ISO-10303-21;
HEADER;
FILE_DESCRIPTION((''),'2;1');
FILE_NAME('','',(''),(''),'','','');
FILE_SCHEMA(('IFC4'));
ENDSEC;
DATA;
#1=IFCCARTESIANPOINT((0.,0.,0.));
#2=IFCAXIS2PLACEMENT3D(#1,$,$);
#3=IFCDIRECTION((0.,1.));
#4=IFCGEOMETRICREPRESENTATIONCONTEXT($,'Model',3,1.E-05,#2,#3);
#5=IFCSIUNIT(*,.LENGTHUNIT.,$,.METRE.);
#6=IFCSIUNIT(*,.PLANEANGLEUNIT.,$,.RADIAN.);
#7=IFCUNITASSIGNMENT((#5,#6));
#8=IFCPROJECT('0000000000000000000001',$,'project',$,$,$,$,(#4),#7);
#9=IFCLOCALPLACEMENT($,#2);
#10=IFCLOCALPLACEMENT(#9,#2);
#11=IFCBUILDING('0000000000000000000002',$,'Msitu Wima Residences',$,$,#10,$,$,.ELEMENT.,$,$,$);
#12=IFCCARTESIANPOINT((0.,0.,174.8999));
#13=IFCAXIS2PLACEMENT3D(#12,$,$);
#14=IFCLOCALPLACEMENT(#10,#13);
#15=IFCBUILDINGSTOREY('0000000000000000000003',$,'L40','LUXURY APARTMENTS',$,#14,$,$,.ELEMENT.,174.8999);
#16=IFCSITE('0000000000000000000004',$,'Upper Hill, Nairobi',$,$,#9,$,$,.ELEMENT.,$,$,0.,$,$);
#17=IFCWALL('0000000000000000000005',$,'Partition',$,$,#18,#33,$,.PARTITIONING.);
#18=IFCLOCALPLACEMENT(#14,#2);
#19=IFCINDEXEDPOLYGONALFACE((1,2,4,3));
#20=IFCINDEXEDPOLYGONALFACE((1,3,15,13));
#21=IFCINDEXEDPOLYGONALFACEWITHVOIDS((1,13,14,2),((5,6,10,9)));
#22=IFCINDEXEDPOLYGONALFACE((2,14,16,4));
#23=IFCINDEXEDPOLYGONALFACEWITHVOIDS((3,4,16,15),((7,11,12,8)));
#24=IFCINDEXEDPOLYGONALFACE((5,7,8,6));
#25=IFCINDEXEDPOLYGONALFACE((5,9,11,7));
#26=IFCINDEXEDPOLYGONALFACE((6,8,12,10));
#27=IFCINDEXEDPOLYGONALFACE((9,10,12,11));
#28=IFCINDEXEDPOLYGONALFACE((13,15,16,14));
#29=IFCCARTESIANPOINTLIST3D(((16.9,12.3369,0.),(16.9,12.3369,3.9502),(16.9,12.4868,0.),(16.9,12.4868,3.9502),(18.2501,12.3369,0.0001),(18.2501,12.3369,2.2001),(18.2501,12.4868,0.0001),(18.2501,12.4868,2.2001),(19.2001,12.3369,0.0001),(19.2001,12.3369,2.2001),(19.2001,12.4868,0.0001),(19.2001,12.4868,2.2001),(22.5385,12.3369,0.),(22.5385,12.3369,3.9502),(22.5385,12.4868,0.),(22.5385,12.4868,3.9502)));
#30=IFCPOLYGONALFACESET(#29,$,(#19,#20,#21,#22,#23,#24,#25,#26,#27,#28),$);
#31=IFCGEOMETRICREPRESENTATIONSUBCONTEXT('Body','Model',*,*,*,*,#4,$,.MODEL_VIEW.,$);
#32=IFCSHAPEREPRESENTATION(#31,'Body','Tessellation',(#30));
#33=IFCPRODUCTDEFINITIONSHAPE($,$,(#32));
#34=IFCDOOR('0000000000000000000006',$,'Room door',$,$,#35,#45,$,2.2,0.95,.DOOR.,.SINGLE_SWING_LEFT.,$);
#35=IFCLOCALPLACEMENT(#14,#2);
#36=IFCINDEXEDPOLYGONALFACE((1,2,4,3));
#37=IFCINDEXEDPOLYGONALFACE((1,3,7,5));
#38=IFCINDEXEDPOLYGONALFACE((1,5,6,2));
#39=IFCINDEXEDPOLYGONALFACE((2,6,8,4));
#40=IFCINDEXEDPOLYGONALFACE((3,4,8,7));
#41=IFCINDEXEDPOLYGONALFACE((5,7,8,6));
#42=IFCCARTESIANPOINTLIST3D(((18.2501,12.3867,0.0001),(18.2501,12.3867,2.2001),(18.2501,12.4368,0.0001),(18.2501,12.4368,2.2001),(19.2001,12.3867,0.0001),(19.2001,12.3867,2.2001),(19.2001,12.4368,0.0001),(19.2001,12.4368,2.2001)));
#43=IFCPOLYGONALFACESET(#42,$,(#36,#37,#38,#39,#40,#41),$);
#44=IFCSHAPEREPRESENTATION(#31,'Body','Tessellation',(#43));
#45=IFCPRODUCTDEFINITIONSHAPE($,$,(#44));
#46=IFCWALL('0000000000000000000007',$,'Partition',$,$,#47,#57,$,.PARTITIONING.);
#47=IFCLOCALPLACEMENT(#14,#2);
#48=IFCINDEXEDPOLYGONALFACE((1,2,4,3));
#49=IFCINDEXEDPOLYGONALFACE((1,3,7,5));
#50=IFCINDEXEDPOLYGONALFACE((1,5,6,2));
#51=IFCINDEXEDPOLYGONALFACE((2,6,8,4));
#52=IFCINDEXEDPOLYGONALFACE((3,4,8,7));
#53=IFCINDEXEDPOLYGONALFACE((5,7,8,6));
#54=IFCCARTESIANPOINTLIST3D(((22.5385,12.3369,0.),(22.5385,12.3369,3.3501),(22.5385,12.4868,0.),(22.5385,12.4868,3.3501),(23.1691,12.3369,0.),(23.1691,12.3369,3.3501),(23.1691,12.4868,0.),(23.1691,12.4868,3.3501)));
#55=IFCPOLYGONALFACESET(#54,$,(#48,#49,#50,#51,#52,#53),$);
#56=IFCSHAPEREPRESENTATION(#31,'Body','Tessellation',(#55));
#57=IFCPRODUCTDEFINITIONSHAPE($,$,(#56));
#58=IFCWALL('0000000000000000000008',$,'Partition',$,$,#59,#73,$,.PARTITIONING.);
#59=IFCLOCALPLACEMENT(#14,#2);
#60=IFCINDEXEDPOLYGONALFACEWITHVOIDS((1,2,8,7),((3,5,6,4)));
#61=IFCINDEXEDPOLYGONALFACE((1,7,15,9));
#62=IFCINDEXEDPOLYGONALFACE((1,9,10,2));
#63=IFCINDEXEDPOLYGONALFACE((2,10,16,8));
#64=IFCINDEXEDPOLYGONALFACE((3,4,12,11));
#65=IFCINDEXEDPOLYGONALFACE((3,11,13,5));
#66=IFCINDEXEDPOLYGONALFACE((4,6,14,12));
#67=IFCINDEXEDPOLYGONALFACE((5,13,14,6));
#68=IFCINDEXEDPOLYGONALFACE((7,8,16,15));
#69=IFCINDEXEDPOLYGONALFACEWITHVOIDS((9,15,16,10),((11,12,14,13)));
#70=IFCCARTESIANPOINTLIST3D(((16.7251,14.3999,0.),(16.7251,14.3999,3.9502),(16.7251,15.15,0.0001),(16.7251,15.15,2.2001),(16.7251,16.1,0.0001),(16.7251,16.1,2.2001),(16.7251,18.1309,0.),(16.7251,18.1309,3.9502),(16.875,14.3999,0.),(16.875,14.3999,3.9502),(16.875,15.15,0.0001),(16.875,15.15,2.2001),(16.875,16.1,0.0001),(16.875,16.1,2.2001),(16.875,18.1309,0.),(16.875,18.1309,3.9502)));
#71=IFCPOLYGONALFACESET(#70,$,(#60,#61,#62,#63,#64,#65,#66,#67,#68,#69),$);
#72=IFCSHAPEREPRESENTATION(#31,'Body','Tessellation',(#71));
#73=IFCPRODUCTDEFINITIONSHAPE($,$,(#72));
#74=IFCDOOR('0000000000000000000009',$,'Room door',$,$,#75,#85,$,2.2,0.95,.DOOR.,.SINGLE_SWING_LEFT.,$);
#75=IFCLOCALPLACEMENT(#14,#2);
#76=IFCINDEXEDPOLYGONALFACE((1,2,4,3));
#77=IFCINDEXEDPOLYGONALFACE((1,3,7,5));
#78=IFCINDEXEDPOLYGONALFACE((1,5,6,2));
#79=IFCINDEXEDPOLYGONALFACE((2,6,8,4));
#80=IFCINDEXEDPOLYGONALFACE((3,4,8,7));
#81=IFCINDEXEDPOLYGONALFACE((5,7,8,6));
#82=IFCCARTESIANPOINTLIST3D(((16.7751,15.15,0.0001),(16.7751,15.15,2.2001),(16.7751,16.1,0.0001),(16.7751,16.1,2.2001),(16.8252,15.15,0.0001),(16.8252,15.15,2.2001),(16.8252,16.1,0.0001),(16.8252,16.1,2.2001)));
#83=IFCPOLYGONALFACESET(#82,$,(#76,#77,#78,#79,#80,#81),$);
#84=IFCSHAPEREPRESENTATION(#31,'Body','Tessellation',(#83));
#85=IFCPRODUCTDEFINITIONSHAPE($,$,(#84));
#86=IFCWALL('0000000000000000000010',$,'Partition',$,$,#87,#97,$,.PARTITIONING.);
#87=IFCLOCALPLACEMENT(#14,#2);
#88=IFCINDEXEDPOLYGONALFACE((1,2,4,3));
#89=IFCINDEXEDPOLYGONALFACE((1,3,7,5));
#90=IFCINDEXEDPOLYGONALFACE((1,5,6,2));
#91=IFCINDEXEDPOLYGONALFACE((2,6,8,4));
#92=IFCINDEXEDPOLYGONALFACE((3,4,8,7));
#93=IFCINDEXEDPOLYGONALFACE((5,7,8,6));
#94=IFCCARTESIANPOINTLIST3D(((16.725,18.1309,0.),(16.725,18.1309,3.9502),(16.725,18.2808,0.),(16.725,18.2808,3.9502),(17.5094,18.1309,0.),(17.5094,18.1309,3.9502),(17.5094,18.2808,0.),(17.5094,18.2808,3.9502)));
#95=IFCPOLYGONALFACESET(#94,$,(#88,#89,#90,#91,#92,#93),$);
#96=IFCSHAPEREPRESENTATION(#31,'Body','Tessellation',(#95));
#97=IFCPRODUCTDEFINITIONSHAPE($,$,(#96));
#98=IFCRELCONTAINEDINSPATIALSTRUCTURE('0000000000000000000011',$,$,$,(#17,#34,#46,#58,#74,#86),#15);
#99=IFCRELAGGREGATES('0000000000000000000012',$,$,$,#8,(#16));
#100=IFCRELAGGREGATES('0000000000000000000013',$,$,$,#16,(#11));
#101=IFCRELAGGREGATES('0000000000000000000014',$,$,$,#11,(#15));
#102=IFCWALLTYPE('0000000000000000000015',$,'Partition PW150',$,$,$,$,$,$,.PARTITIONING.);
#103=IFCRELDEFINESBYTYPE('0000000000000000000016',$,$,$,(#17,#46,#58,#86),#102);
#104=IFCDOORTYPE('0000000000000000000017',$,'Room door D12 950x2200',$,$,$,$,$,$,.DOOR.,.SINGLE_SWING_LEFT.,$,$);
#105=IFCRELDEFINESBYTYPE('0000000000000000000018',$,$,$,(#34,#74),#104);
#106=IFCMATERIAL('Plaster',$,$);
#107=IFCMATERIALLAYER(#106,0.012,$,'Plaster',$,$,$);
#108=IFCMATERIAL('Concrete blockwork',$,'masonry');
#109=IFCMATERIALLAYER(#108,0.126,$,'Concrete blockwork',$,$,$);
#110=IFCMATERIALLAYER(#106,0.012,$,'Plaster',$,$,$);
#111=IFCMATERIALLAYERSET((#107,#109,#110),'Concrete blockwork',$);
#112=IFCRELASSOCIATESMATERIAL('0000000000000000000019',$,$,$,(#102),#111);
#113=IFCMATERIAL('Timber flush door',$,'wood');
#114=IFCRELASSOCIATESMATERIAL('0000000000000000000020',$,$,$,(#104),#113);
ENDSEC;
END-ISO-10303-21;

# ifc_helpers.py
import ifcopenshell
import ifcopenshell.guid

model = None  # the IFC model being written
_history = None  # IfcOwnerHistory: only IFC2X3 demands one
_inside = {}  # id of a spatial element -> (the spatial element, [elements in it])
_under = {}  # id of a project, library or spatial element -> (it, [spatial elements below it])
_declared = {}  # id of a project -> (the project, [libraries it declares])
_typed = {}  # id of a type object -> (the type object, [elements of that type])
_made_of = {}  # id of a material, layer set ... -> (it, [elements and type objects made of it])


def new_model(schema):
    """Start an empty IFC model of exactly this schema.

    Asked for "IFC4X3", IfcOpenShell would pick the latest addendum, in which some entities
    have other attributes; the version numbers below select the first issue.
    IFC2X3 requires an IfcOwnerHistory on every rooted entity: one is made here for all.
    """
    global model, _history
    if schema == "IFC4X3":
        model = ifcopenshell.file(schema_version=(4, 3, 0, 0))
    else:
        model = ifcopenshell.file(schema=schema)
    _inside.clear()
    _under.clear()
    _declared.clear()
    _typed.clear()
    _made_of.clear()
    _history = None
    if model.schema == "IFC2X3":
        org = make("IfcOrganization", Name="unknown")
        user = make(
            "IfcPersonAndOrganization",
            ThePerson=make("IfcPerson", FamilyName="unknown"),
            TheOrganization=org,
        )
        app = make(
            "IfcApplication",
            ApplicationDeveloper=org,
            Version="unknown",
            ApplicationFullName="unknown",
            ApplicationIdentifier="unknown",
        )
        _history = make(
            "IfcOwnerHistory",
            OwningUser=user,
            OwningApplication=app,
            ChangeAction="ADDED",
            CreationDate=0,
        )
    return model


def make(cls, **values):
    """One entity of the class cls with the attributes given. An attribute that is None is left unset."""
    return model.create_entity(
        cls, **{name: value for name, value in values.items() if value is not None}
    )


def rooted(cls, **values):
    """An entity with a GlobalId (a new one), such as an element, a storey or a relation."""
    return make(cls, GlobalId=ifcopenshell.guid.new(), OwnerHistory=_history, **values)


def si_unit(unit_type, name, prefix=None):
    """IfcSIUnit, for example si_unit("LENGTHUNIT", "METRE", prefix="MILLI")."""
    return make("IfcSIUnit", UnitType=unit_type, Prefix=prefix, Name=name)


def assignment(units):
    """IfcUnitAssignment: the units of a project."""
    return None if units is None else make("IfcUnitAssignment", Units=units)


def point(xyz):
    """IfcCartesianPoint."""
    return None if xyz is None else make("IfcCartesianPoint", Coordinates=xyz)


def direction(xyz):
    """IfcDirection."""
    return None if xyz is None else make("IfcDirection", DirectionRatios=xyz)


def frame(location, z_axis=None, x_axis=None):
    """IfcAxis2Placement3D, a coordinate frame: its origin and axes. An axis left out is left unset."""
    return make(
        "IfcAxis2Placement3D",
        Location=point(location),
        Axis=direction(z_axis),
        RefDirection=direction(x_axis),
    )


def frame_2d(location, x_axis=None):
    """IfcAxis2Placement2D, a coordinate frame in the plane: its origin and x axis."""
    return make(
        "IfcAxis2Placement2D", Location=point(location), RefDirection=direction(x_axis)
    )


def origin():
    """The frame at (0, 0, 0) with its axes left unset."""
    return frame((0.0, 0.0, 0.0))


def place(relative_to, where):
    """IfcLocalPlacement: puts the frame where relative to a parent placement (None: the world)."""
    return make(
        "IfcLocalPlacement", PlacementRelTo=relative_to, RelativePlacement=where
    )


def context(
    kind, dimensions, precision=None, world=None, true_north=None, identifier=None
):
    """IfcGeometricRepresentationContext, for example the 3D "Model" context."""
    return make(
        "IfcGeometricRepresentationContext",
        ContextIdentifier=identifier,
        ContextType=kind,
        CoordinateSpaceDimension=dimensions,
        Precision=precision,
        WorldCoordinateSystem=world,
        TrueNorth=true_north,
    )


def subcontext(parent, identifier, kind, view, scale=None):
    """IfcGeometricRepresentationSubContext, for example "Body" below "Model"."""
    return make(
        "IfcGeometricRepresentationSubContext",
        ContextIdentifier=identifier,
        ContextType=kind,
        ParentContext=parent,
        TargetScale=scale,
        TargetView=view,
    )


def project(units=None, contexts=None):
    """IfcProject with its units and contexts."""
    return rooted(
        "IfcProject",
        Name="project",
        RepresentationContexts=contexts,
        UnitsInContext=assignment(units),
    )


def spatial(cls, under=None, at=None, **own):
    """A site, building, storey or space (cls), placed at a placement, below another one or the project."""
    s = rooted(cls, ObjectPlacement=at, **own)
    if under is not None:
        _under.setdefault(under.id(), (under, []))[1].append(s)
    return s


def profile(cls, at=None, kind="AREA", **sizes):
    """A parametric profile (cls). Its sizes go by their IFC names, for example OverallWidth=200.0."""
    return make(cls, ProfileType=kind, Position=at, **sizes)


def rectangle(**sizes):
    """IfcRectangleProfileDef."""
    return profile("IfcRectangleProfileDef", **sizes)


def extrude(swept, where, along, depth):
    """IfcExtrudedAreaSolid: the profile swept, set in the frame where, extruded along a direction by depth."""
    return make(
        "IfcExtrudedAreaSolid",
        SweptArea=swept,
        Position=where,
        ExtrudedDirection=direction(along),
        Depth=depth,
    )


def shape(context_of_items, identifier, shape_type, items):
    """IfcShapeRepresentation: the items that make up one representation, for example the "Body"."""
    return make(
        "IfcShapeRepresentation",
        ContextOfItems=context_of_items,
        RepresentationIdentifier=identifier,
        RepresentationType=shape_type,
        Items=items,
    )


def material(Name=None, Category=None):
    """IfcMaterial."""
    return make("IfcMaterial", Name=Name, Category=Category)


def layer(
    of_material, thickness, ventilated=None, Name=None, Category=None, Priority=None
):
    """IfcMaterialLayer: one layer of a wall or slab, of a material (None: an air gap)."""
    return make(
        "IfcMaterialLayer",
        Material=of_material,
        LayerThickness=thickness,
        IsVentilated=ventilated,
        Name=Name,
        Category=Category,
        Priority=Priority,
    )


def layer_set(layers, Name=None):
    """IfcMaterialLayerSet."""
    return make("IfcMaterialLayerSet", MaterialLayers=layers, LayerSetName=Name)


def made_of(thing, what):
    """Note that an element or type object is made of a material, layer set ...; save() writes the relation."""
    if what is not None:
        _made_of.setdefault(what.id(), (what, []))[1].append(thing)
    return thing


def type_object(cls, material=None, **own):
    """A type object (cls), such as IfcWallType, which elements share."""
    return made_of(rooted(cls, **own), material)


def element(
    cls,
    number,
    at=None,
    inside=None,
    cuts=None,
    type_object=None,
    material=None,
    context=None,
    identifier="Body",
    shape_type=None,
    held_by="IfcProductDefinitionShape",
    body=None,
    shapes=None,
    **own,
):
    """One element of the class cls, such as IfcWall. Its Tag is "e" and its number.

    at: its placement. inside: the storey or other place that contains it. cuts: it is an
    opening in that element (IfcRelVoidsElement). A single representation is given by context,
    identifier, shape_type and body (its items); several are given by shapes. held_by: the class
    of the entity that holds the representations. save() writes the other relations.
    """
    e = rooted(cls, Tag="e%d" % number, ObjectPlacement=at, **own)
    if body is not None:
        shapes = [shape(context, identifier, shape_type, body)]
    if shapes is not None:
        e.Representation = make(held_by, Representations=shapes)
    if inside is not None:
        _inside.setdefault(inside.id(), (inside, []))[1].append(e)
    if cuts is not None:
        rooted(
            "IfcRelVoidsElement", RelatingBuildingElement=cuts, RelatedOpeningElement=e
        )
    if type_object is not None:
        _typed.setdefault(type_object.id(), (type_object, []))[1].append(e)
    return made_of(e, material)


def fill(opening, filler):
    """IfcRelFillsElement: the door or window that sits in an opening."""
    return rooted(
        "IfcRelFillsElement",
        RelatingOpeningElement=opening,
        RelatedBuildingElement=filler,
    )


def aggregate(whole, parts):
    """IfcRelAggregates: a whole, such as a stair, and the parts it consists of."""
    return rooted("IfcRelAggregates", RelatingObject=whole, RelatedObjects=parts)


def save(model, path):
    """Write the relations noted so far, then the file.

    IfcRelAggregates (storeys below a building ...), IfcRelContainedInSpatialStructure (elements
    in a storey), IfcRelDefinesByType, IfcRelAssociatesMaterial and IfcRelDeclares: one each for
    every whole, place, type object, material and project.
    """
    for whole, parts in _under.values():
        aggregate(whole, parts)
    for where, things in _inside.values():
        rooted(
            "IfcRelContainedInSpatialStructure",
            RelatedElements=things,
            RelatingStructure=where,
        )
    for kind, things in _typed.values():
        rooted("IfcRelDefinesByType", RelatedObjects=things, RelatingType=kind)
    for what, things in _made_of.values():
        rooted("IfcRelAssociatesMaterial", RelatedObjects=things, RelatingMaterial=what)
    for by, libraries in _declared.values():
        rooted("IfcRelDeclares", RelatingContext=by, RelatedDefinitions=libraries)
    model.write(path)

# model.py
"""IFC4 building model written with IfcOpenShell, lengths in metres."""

from ifc_helpers import new_model, si_unit, direction, frame, frame_2d, origin, place, context, subcontext, project, spatial, rectangle, extrude, material, layer, layer_set, type_object, element, fill, save


model = new_model("IFC4")

# Units and contexts
model_context = context("Model", 3, precision=1e-05, world=origin(), true_north=direction((0.0, 1.0)))
body_context = subcontext(model_context, "Body", "Model", "MODEL_VIEW")
ifc_project = project(units=[si_unit("LENGTHUNIT", "METRE"), si_unit("PLANEANGLEUNIT", "RADIAN")], contexts=[model_context])

# Site, building, storey
site_placement = place(None, origin())
site = spatial("IfcSite", under=ifc_project, at=site_placement, Name="Upper Hill, Nairobi", CompositionType="ELEMENT", RefElevation=0.0)
building_placement = place(site_placement, origin())
building = spatial("IfcBuilding", under=site, at=building_placement, Name="Msitu Wima Residences", CompositionType="ELEMENT")
storey_placement = place(building_placement, frame((0.0, 0.0, 174.8999)))
storey = spatial("IfcBuildingStorey", under=building, at=storey_placement, Name="L40", Description="LUXURY APARTMENTS", CompositionType="ELEMENT", Elevation=174.8999)

# Shared definitions
ifc_material_1 = material(Name="Plaster")
ifc_material_2 = material(Name="Concrete blockwork", Category="masonry")

# Wall, opening, door
ifc_layer_1 = layer(ifc_material_1, 0.012, Name="Plaster")
ifc_layer_2 = layer(ifc_material_2, 0.126, Name="Concrete blockwork")
ifc_layer_3 = layer(ifc_material_1, 0.012, Name="Plaster")
ifc_layer_set_1 = layer_set([ifc_layer_1, ifc_layer_2, ifc_layer_3], Name="Concrete blockwork")
wall_type_1 = type_object("IfcWallType", Name="Partition PW150", PredefinedType="PARTITIONING", material=ifc_layer_set_1)
ifc_material_3 = material(Name="Timber flush door", Category="wood")
door_type_1 = type_object("IfcDoorType", Name="Room door D12 950x2200", OperationType="SINGLE_SWING_LEFT", PredefinedType="DOOR", material=ifc_material_3)
wall_1_placement = place(storey_placement, frame((16.8999, 12.4119, 0.0), z_axis=(0.0, 0.0, 1.0), x_axis=(1.0, 0.0, 0.0)))
wall_1 = element("IfcWall", 1, at=wall_1_placement, inside=storey, type_object=wall_type_1, Name="Partition", PredefinedType="PARTITIONING", context=body_context, shape_type="SweptSolid", body=[
    extrude(rectangle(XDim=5.6384, YDim=0.1499, at=frame_2d((2.8193, 0.0))), origin(), (0.0, 0.0, 1.0), 3.9502),
])
opening_1_placement = place(wall_1_placement, frame((1.3501, 0.0, 0.0)))
opening_1 = element("IfcOpeningElement", 2, at=opening_1_placement, cuts=wall_1, PredefinedType="OPENING", context=body_context, shape_type="SweptSolid", body=[
    extrude(rectangle(XDim=0.95, YDim=2.2, at=frame_2d((0.4751, 1.1001))), frame((0.0, 0.085, 0.0), z_axis=(0.0, -1.0, 0.0), x_axis=(1.0, 0.0, 0.0)), (0.0, 0.0, 1.0), 0.1699),
])
door_1_placement = place(opening_1_placement, origin())
door_1 = element("IfcDoor", 3, at=door_1_placement, inside=storey, type_object=door_type_1, Name="Room door", OperationType="SINGLE_SWING_LEFT", OverallHeight=2.2, OverallWidth=0.95, PredefinedType="DOOR", context=body_context, shape_type="SweptSolid", body=[
    extrude(rectangle(XDim=0.95, YDim=2.2, at=frame_2d((0.4751, 1.1001))), frame((0.0, 0.0249, 0.0), z_axis=(0.0, -1.0, 0.0), x_axis=(1.0, 0.0, 0.0)), (0.0, 0.0, 1.0), 0.05),
])
fill(opening_1, door_1)

# Wall
wall_2_placement = place(storey_placement, frame((22.5383, 12.4119, 0.0), z_axis=(0.0, 0.0, 1.0), x_axis=(1.0, 0.0, 0.0)))
element("IfcWall", 4, at=wall_2_placement, inside=storey, type_object=wall_type_1, Name="Partition", PredefinedType="PARTITIONING", context=body_context, shape_type="SweptSolid", body=[
    extrude(rectangle(XDim=0.6306, YDim=0.1499, at=frame_2d((0.3154, 0.0))), origin(), (0.0, 0.0, 1.0), 3.3501),
])

# Wall, opening, door
wall_3_placement = place(storey_placement, frame((16.8, 14.3999, 0.0), z_axis=(0.0, 0.0, 1.0), x_axis=(0.0, 1.0, 0.0)))
wall_3 = element("IfcWall", 5, at=wall_3_placement, inside=storey, type_object=wall_type_1, Name="Partition", PredefinedType="PARTITIONING", context=body_context, shape_type="SweptSolid", body=[
    extrude(rectangle(XDim=3.731, YDim=0.1499, at=frame_2d((1.8655, 0.0))), origin(), (0.0, 0.0, 1.0), 3.9502),
])
opening_2_placement = place(wall_3_placement, frame((0.75, 0.0, 0.0)))
opening_2 = element("IfcOpeningElement", 6, at=opening_2_placement, cuts=wall_3, PredefinedType="OPENING", context=body_context, shape_type="SweptSolid", body=[
    extrude(rectangle(XDim=0.95, YDim=2.2, at=frame_2d((0.4751, 1.1001))), frame((0.0, 0.085, 0.0), z_axis=(0.0, -1.0, 0.0), x_axis=(1.0, 0.0, 0.0)), (0.0, 0.0, 1.0), 0.1699),
])
door_2_placement = place(opening_2_placement, origin())
door_2 = element("IfcDoor", 7, at=door_2_placement, inside=storey, type_object=door_type_1, Name="Room door", OperationType="SINGLE_SWING_LEFT", OverallHeight=2.2, OverallWidth=0.95, PredefinedType="DOOR", context=body_context, shape_type="SweptSolid", body=[
    extrude(rectangle(XDim=0.95, YDim=2.2, at=frame_2d((0.4751, 1.1001))), frame((0.0, 0.0249, 0.0), z_axis=(0.0, -1.0, 0.0), x_axis=(1.0, 0.0, 0.0)), (0.0, 0.0, 1.0), 0.05),
])
fill(opening_2, door_2)

# Wall
wall_4_placement = place(storey_placement, frame((16.7251, 18.2058, 0.0), z_axis=(0.0, 0.0, 1.0), x_axis=(1.0, 0.0, 0.0)))
element("IfcWall", 8, at=wall_4_placement, inside=storey, type_object=wall_type_1, Name="Partition", PredefinedType="PARTITIONING", context=body_context, shape_type="SweptSolid", body=[
    extrude(rectangle(XDim=0.7844, YDim=0.1499, at=frame_2d((0.3921, 0.0))), origin(), (0.0, 0.0, 1.0), 3.9502),
])

save(model, "model.ifc")
